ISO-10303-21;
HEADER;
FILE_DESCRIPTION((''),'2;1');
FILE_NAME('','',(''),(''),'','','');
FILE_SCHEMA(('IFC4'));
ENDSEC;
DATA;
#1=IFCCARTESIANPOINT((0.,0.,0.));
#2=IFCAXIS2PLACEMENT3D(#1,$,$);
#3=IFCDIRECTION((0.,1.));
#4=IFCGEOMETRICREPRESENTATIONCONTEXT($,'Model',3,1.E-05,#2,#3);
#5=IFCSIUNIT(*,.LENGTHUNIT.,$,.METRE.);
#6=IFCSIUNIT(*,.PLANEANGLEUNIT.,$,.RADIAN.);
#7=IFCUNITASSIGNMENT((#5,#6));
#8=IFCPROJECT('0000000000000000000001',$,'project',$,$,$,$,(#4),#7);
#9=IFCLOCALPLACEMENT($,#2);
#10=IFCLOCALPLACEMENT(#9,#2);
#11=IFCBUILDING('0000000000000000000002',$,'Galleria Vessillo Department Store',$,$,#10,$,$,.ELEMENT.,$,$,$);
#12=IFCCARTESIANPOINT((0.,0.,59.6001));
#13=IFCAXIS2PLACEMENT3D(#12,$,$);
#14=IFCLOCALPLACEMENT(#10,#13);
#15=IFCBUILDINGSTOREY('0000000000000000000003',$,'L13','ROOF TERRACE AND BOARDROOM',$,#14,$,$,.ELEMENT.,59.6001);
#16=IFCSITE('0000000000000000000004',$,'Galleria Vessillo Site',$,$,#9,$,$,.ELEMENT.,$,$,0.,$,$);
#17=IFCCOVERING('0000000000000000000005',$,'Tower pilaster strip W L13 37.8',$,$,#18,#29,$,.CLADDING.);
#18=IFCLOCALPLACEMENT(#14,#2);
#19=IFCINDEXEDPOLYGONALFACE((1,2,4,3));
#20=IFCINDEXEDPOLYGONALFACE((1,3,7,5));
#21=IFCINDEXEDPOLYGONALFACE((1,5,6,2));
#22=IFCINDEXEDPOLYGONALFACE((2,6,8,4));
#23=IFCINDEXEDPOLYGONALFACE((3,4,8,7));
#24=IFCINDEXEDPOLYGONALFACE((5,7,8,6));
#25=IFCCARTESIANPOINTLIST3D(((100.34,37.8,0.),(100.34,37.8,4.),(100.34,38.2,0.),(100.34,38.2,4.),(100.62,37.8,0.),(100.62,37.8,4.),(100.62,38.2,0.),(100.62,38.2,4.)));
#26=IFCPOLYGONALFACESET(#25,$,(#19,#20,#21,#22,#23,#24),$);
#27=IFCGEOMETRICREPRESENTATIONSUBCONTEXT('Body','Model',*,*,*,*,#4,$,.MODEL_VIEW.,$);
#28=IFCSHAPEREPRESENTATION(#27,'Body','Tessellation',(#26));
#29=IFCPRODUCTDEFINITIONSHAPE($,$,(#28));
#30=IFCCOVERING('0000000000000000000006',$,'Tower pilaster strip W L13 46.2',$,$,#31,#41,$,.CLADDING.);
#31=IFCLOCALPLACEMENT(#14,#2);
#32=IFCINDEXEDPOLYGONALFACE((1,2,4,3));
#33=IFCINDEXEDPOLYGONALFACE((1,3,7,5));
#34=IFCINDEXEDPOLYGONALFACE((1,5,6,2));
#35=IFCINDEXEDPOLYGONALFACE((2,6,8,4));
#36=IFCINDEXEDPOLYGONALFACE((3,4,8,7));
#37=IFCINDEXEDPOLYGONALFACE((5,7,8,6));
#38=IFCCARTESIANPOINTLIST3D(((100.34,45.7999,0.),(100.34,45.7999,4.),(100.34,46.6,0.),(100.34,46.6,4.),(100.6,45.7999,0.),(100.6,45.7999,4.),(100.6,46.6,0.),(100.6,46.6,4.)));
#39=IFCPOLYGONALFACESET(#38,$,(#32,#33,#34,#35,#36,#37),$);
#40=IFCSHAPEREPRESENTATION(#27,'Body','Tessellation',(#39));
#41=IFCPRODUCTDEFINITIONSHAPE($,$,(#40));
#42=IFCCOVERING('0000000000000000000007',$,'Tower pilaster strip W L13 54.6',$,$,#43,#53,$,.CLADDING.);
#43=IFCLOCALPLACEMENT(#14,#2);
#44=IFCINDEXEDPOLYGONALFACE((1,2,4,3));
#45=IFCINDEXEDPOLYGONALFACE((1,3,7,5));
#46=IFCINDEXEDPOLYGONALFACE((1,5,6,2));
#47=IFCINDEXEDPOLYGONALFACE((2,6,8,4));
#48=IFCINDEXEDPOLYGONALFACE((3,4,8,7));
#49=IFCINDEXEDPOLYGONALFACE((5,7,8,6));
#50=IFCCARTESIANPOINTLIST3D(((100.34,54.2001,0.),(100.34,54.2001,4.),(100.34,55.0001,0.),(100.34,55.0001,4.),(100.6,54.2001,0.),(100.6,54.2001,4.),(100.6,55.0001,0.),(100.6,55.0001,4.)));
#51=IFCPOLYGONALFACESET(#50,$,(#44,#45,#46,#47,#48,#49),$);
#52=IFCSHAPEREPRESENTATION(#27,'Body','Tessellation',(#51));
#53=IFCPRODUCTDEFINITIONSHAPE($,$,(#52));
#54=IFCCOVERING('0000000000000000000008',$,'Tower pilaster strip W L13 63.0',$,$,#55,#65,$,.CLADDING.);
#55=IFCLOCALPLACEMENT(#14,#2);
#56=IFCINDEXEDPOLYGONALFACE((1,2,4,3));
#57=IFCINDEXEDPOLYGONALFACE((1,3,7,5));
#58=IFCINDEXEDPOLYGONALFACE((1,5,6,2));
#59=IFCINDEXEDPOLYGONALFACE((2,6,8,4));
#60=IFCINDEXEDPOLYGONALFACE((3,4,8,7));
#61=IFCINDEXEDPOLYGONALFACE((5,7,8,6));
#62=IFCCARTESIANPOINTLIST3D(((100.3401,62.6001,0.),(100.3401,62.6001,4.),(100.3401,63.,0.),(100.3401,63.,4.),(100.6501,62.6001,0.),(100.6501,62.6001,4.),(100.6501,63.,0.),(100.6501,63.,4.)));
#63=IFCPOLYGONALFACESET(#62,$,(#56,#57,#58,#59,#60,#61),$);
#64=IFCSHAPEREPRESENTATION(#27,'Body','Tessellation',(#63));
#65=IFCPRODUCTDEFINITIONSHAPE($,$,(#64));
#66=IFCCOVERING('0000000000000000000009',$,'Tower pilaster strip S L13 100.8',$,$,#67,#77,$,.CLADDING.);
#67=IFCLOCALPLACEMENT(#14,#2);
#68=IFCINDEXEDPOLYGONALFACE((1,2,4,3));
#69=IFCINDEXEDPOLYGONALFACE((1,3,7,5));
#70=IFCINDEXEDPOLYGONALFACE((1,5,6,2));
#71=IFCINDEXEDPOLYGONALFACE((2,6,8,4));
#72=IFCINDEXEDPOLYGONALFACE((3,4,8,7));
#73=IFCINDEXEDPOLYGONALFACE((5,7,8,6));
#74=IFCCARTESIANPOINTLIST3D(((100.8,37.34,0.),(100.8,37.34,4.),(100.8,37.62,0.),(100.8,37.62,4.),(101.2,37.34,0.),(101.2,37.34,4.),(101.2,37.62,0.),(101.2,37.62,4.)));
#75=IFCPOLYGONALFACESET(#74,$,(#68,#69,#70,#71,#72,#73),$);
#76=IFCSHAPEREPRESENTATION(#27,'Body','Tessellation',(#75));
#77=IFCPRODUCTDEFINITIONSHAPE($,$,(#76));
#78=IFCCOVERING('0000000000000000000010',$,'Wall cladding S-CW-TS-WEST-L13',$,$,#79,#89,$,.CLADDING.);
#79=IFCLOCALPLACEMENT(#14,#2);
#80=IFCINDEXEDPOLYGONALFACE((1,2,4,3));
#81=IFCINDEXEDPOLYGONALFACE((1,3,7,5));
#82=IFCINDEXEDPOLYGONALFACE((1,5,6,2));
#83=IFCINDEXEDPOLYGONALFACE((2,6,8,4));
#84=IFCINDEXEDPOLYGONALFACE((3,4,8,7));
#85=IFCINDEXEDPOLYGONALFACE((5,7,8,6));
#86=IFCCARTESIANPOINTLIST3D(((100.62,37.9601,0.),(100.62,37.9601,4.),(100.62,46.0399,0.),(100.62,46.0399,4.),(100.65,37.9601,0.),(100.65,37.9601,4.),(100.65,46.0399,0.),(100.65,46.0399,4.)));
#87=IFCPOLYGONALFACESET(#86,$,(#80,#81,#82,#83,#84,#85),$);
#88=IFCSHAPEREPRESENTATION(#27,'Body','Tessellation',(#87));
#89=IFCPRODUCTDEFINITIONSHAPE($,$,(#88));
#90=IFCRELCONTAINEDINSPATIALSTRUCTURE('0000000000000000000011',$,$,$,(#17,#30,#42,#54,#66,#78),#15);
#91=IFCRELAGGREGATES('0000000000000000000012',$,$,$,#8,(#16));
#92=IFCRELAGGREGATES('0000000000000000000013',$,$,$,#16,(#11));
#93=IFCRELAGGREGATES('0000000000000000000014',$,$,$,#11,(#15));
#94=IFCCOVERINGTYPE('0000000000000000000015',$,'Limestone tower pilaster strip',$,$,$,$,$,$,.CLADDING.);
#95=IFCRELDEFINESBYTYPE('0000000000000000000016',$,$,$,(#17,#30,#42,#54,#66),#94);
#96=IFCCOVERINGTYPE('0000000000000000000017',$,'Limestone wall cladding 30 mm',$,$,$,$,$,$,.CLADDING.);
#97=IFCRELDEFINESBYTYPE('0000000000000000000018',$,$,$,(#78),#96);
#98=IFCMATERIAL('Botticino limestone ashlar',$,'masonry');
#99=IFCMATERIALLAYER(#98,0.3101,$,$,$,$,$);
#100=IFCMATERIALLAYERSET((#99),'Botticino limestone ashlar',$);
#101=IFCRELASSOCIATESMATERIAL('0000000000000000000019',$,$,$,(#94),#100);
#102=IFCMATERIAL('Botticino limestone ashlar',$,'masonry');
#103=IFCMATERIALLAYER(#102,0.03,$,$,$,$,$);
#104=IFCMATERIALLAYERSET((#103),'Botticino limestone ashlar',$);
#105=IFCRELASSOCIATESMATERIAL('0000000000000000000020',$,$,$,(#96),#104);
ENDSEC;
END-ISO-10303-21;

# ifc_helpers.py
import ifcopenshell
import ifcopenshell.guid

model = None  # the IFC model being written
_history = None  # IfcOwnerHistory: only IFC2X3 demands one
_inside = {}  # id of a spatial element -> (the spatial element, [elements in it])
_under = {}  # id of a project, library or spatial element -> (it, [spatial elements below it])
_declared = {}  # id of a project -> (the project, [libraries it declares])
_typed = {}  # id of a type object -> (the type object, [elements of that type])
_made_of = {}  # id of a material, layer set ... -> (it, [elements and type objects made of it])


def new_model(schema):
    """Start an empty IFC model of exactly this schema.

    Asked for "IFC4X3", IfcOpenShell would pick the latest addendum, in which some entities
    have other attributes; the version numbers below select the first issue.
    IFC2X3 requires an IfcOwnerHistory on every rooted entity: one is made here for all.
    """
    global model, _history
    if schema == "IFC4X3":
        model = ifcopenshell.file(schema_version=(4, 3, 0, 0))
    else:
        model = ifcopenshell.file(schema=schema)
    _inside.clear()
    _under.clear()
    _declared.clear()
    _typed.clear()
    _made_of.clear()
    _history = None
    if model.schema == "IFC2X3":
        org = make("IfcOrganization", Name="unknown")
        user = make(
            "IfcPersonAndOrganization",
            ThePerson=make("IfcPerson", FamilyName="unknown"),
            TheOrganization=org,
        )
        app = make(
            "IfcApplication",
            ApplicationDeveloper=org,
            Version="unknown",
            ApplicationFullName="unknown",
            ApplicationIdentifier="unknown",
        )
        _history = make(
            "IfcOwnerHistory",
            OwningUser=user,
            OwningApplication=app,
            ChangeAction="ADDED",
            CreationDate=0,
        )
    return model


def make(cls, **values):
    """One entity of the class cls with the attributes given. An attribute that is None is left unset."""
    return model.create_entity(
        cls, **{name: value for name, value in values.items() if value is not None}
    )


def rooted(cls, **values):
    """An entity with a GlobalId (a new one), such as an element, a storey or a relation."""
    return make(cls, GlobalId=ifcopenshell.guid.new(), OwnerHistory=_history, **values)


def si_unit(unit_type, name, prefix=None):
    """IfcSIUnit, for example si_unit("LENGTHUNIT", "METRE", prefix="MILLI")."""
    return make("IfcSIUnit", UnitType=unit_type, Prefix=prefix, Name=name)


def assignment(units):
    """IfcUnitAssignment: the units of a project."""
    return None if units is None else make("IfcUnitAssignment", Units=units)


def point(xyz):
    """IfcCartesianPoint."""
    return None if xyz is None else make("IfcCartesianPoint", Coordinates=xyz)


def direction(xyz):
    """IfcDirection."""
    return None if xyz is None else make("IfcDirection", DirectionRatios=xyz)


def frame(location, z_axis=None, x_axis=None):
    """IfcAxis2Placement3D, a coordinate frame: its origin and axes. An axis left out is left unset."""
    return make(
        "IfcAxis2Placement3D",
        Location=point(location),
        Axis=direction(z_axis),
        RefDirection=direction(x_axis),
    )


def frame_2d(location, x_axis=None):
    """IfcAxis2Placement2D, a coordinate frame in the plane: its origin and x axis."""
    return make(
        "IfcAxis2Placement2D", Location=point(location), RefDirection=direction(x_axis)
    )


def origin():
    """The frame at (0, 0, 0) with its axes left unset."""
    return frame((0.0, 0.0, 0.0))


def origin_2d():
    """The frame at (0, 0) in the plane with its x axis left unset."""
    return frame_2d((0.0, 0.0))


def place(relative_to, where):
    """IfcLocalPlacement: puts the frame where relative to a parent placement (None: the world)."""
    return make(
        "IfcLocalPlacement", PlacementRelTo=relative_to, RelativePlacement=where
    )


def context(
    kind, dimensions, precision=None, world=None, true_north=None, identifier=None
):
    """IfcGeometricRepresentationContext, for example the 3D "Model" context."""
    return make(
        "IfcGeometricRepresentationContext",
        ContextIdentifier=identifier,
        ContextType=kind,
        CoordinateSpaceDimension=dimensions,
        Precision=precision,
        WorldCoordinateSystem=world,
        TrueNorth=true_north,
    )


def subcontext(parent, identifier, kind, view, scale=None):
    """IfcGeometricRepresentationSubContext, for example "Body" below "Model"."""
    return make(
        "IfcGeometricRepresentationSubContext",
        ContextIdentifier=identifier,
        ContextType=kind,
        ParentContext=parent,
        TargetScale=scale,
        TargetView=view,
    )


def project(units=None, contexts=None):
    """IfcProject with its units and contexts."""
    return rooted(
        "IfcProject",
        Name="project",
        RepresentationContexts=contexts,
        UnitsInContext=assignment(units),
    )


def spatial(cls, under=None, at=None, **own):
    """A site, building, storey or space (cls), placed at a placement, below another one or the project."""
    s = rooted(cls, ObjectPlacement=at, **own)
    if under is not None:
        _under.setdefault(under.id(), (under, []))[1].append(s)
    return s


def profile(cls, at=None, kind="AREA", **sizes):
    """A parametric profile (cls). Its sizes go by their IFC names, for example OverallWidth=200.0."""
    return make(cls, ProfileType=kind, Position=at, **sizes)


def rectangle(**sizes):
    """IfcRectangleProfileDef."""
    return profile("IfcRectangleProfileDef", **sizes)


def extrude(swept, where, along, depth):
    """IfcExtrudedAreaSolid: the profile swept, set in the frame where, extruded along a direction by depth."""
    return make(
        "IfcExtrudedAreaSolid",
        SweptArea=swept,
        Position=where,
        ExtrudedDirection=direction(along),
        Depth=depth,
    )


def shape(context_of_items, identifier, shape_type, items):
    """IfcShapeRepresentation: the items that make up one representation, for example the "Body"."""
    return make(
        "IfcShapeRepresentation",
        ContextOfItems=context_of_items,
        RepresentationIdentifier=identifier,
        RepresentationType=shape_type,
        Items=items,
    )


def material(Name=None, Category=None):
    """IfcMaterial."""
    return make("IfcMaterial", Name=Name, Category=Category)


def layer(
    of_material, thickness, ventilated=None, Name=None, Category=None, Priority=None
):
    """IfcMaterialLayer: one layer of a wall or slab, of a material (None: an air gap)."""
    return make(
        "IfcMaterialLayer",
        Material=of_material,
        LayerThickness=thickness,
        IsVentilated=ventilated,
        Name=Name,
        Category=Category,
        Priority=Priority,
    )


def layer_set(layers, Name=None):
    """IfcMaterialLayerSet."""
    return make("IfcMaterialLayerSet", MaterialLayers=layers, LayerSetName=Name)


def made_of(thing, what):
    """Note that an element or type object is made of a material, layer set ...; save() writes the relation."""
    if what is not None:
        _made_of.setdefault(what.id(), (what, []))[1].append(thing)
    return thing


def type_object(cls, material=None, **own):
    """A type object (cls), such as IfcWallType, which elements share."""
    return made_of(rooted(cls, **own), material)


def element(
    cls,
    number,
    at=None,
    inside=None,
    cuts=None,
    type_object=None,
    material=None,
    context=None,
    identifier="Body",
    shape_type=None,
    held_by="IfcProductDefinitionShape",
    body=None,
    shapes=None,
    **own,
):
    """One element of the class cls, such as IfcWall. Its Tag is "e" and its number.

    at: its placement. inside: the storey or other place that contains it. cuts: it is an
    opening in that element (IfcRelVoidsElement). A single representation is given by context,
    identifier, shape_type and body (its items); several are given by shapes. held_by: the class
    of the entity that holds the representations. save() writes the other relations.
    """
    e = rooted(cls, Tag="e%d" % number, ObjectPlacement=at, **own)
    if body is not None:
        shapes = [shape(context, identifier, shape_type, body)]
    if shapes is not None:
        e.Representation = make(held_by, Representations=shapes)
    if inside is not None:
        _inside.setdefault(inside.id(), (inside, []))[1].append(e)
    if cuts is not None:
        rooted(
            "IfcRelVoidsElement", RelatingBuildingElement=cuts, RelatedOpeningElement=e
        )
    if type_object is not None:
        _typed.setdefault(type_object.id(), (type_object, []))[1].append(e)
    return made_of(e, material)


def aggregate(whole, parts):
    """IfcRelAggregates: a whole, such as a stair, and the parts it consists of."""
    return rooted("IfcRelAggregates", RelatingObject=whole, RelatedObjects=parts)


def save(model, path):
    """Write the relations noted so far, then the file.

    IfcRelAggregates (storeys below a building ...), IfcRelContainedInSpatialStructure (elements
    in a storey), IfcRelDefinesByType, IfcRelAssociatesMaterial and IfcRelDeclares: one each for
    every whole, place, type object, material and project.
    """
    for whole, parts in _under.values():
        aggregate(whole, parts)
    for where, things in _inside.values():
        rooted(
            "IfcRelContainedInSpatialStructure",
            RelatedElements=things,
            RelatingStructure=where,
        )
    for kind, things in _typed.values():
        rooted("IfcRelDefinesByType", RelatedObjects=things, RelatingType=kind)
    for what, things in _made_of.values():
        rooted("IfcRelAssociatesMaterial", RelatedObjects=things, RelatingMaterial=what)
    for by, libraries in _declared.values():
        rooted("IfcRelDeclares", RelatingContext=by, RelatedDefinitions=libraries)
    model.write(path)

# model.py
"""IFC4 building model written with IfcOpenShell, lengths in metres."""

from ifc_helpers import new_model, si_unit, direction, frame, origin, origin_2d, place, context, subcontext, project, spatial, rectangle, extrude, material, layer, layer_set, type_object, element, save


model = new_model("IFC4")

# Units and contexts
model_context = context("Model", 3, precision=1e-05, world=origin(), true_north=direction((0.0, 1.0)))
body_context = subcontext(model_context, "Body", "Model", "MODEL_VIEW")
ifc_project = project(units=[si_unit("LENGTHUNIT", "METRE"), si_unit("PLANEANGLEUNIT", "RADIAN")], contexts=[model_context])

# Site, building, storey
site_placement = place(None, origin())
site = spatial("IfcSite", under=ifc_project, at=site_placement, Name="Galleria Vessillo Site", CompositionType="ELEMENT", RefElevation=0.0)
building_placement = place(site_placement, origin())
building = spatial("IfcBuilding", under=site, at=building_placement, Name="Galleria Vessillo Department Store", CompositionType="ELEMENT")
storey_placement = place(building_placement, frame((0.0, 0.0, 59.6001)))
storey = spatial("IfcBuildingStorey", under=building, at=storey_placement, Name="L13", Description="ROOF TERRACE AND BOARDROOM", CompositionType="ELEMENT", Elevation=59.6001)

# Coverings
ifc_material_1 = material(Name="Botticino limestone ashlar", Category="masonry")
ifc_layer_1 = layer(ifc_material_1, 0.3101)
ifc_layer_set_1 = layer_set([ifc_layer_1], Name="Botticino limestone ashlar")
covering_type_1 = type_object("IfcCoveringType", Name="Limestone tower pilaster strip", PredefinedType="CLADDING", material=ifc_layer_set_1)
covering_1_placement = place(storey_placement, frame((100.48, 38.0, 0.0), z_axis=(0.0, 0.0, 1.0), x_axis=(1.0, 0.0, 0.0)))
element("IfcCovering", 1, at=covering_1_placement, inside=storey, type_object=covering_type_1, Name="Tower pilaster strip W L13 37.8", PredefinedType="CLADDING", context=body_context, shape_type="SweptSolid", body=[
    extrude(rectangle(XDim=0.28, YDim=0.3999, at=origin_2d()), origin(), (0.0, 0.0, 1.0), 4.0),
])
for number, where, z_axis, x_axis, name in (
    (2, (100.47, 46.2, 0.0), (0.0, 0.0, 1.0), (1.0, 0.0, 0.0), "Tower pilaster strip W L13 46.2"),
    (3, (100.47, 54.6001, 0.0), (0.0, 0.0, 1.0), (1.0, 0.0, 0.0), "Tower pilaster strip W L13 54.6"),
):
    element("IfcCovering", number, at=place(storey_placement, frame(where, z_axis=z_axis, x_axis=x_axis)), inside=storey, type_object=covering_type_1, Name=name, PredefinedType="CLADDING", context=body_context, shape_type="SweptSolid", body=[
        extrude(rectangle(XDim=0.26, YDim=0.8, at=origin_2d()), origin(), (0.0, 0.0, 1.0), 4.0),
    ])
covering_2_placement = place(storey_placement, frame((100.4951, 62.8, 0.0), z_axis=(0.0, 0.0, 1.0), x_axis=(1.0, 0.0, 0.0)))
element("IfcCovering", 4, at=covering_2_placement, inside=storey, type_object=covering_type_1, Name="Tower pilaster strip W L13 63.0", PredefinedType="CLADDING", context=body_context, shape_type="SweptSolid", body=[
    extrude(rectangle(XDim=0.3101, YDim=0.3999, at=origin_2d()), origin(), (0.0, 0.0, 1.0), 4.0),
])
covering_3_placement = place(storey_placement, frame((101.0, 37.48, 0.0), z_axis=(0.0, 0.0, 1.0), x_axis=(1.0, 0.0, 0.0)))
element("IfcCovering", 5, at=covering_3_placement, inside=storey, type_object=covering_type_1, Name="Tower pilaster strip S L13 100.8", PredefinedType="CLADDING", context=body_context, shape_type="SweptSolid", body=[
    extrude(rectangle(XDim=0.3999, YDim=0.28, at=origin_2d()), origin(), (0.0, 0.0, 1.0), 4.0),
])
ifc_material_2 = material(Name="Botticino limestone ashlar", Category="masonry")
ifc_layer_2 = layer(ifc_material_2, 0.03)
ifc_layer_set_2 = layer_set([ifc_layer_2], Name="Botticino limestone ashlar")
covering_type_2 = type_object("IfcCoveringType", Name="Limestone wall cladding 30 mm", PredefinedType="CLADDING", material=ifc_layer_set_2)
covering_4_placement = place(storey_placement, frame((100.635, 42.0, 0.0), z_axis=(0.0, 0.0, 1.0), x_axis=(1.0, 0.0, 0.0)))
element("IfcCovering", 6, at=covering_4_placement, inside=storey, type_object=covering_type_2, Name="Wall cladding S-CW-TS-WEST-L13", PredefinedType="CLADDING", context=body_context, shape_type="SweptSolid", body=[
    extrude(rectangle(XDim=0.03, YDim=8.0798, at=origin_2d()), origin(), (0.0, 0.0, 1.0), 4.0),
])

save(model, "model.ifc")
